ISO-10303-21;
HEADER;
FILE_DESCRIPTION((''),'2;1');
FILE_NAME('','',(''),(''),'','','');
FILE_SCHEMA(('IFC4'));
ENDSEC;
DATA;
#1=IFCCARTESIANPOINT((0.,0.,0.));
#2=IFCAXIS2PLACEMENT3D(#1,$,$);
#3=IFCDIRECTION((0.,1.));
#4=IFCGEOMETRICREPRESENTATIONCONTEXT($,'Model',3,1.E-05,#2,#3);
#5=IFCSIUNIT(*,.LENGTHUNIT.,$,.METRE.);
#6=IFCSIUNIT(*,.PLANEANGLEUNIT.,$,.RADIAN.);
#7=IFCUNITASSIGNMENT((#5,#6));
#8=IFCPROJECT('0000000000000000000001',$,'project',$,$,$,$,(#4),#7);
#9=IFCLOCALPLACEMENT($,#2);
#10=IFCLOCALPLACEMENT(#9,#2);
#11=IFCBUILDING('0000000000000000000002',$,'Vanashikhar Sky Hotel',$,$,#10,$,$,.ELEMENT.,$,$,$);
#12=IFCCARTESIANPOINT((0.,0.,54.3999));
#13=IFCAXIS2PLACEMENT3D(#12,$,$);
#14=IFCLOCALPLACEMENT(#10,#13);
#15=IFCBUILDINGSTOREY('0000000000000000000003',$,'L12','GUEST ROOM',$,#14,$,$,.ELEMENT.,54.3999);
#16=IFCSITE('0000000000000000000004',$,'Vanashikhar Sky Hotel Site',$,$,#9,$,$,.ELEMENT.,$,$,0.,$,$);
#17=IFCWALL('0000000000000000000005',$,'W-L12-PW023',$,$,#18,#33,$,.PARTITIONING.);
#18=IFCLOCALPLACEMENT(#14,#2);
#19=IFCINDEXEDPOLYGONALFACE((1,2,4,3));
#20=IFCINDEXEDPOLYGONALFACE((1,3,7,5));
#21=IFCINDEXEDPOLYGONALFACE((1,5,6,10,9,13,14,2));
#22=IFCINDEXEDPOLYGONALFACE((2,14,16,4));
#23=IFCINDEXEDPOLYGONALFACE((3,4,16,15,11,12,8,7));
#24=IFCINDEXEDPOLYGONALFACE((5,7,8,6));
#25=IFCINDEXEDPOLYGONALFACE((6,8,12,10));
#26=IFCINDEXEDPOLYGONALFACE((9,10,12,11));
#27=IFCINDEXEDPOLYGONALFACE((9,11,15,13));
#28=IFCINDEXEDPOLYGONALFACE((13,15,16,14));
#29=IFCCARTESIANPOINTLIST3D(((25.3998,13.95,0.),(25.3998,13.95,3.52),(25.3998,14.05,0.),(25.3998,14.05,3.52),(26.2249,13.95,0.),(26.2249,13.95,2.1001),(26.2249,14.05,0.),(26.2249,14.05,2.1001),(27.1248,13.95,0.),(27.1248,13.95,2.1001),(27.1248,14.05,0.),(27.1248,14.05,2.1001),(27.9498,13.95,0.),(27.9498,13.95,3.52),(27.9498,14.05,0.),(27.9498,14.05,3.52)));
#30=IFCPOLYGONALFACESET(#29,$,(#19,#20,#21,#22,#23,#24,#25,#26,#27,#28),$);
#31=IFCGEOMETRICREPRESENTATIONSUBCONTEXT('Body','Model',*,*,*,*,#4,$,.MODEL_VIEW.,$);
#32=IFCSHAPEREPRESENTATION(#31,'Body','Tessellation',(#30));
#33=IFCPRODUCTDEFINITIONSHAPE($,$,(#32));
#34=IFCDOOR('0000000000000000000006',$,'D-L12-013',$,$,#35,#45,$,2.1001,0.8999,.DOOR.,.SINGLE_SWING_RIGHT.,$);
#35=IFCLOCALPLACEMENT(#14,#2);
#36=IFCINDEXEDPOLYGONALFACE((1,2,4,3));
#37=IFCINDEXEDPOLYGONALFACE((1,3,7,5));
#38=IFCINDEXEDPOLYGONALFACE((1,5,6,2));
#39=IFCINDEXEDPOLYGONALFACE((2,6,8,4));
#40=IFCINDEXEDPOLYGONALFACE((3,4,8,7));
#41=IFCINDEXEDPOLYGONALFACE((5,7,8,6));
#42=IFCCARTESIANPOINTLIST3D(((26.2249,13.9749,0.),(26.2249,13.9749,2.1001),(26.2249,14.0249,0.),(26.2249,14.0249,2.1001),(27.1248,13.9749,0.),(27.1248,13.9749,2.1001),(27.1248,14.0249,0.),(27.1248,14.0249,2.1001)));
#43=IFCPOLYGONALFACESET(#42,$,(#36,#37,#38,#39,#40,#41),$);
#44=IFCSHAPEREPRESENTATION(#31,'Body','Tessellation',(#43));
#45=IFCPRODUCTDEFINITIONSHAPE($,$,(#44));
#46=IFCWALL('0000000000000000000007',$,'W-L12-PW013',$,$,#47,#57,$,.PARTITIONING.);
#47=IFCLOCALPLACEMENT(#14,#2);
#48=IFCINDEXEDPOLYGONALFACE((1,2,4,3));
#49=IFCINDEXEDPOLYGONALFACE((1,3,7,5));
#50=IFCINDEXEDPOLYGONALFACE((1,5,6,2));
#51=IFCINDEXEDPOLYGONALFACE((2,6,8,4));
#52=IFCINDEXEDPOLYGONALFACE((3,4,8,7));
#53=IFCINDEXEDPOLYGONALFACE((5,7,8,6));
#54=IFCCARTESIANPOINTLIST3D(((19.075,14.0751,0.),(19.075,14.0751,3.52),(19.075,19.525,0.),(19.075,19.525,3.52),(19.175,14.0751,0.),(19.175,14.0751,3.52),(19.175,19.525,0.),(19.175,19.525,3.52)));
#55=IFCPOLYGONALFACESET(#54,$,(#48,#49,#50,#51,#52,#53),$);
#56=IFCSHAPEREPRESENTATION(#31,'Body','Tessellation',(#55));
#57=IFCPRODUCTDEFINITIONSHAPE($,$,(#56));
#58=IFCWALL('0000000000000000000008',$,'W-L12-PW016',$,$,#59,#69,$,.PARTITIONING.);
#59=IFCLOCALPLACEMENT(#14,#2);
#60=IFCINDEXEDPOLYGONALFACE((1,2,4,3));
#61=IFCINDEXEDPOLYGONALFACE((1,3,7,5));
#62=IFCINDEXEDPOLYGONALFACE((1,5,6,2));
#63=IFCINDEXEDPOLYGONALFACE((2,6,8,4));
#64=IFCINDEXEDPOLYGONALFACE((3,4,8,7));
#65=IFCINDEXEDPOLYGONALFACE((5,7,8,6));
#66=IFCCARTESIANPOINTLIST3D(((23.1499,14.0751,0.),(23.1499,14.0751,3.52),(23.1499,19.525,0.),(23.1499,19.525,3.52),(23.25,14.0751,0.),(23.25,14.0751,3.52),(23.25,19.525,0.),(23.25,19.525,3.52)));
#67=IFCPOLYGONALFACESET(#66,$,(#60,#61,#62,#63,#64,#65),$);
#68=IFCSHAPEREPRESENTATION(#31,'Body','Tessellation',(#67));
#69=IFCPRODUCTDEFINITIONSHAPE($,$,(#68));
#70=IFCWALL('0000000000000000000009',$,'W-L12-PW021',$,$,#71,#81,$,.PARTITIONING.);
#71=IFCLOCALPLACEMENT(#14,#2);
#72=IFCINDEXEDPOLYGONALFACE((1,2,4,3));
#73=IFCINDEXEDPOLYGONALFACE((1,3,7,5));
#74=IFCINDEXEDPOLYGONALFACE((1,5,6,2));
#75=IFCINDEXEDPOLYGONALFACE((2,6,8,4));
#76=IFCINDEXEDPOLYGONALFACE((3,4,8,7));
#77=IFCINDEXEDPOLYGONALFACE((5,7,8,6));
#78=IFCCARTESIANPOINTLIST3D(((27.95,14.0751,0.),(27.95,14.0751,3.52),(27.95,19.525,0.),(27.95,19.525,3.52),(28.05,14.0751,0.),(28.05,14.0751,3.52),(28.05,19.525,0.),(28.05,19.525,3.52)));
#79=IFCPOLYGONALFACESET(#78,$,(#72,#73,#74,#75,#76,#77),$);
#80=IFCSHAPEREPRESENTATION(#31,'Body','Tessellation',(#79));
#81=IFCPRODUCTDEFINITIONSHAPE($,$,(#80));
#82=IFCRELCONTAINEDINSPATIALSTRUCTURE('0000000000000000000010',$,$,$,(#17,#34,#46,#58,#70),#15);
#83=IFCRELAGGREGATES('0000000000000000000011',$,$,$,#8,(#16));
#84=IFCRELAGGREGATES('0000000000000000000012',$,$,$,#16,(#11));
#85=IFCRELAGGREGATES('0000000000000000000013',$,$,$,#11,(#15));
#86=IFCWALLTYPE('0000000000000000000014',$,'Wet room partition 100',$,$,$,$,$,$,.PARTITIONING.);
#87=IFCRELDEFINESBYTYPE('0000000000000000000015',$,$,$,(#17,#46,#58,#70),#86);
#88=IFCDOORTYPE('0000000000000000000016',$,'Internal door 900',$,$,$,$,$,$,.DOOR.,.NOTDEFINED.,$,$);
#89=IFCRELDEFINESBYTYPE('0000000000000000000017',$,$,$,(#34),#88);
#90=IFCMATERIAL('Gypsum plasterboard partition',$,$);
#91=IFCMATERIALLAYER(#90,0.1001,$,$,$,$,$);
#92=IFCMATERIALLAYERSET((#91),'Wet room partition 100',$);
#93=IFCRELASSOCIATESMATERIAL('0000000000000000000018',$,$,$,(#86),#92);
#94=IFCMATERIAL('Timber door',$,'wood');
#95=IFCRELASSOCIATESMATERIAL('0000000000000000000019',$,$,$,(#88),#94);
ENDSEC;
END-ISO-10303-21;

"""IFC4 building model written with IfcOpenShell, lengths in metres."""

from ifc_helpers import new_model, si_unit, direction, frame, frame_2d, origin, place, context, subcontext, project, spatial, rectangle, extrude, source, transform, mapped, material, layer, layer_set, type_object, element, fill, save


model = new_model("IFC4")

# Units and contexts
model_context = context("Model", 3, precision=1e-05, world=origin(), true_north=direction((0.0, 1.0)))
body_context = subcontext(model_context, "Body", "Model", "MODEL_VIEW")
ifc_project = project(units=[si_unit("LENGTHUNIT", "METRE"), si_unit("PLANEANGLEUNIT", "RADIAN")], contexts=[model_context])

# Site, building, storey
site_placement = place(None, origin())
site = spatial("IfcSite", under=ifc_project, at=site_placement, Name="Vanashikhar Sky Hotel Site", CompositionType="ELEMENT", RefElevation=0.0)
building_placement = place(site_placement, origin())
building = spatial("IfcBuilding", under=site, at=building_placement, Name="Vanashikhar Sky Hotel", CompositionType="ELEMENT")
storey_placement = place(building_placement, frame((0.0, 0.0, 54.3999)))
storey = spatial("IfcBuildingStorey", under=building, at=storey_placement, Name="L12", Description="GUEST ROOM", CompositionType="ELEMENT", Elevation=54.3999)

# Shared definitions
ifc_material_1 = material(Name="Gypsum plasterboard partition")
ifc_layer_1 = layer(ifc_material_1, 0.1001)
ifc_layer_set_1 = layer_set([ifc_layer_1], Name="Wet room partition 100")
wall_type_1 = type_object("IfcWallType", Name="Wet room partition 100", PredefinedType="PARTITIONING", material=ifc_layer_set_1)
shared_shape_1 = source(origin(), body_context, "Body", "SweptSolid", [
    extrude(rectangle(XDim=0.8999, YDim=2.1001, at=frame_2d((0.45, 1.05))), frame((0.0, 0.0601, 0.0), z_axis=(0.0, -1.0, 0.0), x_axis=(1.0, 0.0, 0.0)), (0.0, 0.0, 1.0), 0.1201),
])
ifc_material_2 = material(Name="Timber door", Category="wood")
door_type_1 = type_object("IfcDoorType", Name="Internal door 900", OperationType="NOTDEFINED", PredefinedType="DOOR", material=ifc_material_2)
shared_shape_2 = source(origin(), body_context, "Body", "SweptSolid", [
    extrude(rectangle(XDim=0.8999, YDim=2.1001, at=frame_2d((0.45, 1.05))), frame((0.0, 0.0249, 0.0), z_axis=(0.0, -1.0, 0.0), x_axis=(1.0, 0.0, 0.0)), (0.0, 0.0, 1.0), 0.05),
])

# Wall, opening, door
shared_shape_3 = source(origin(), body_context, "Body", "SweptSolid", [
    extrude(rectangle(XDim=2.55, YDim=0.1001, at=frame_2d((1.2749, 0.0))), origin(), (0.0, 0.0, 1.0), 3.52),
])
wall_1_placement = place(storey_placement, frame((25.3999, 14.0, 0.0), z_axis=(0.0, 0.0, 1.0), x_axis=(1.0, 0.0, 0.0)))
wall_1 = element("IfcWall", 1, at=wall_1_placement, inside=storey, type_object=wall_type_1, Name="W-L12-PW023", PredefinedType="PARTITIONING", context=body_context, shape_type="MappedRepresentation", body=[
    mapped(shared_shape_3, transform((0.0, 0.0, 0.0), scale=1.0)),
])
opening_1_placement = place(wall_1_placement, frame((0.825, 0.0, 0.0)))
opening_1 = element("IfcOpeningElement", 2, at=opening_1_placement, cuts=wall_1, PredefinedType="OPENING", context=body_context, shape_type="MappedRepresentation", body=[
    mapped(shared_shape_1, transform((0.0, 0.0, 0.0), scale=1.0)),
])
door_1_placement = place(opening_1_placement, origin())
door_1 = element("IfcDoor", 3, at=door_1_placement, inside=storey, type_object=door_type_1, Name="D-L12-013", OperationType="SINGLE_SWING_RIGHT", OverallHeight=2.1001, OverallWidth=0.8999, PredefinedType="DOOR", context=body_context, shape_type="MappedRepresentation", body=[
    mapped(shared_shape_2, transform((0.0, 0.0, 0.0), scale=1.0)),
])
fill(opening_1, door_1)

# Walls
shared_shape_4 = source(origin(), body_context, "Body", "SweptSolid", [
    extrude(rectangle(XDim=5.45, YDim=0.1001, at=frame_2d((2.7251, 0.0))), origin(), (0.0, 0.0, 1.0), 3.52),
])
for number, where, z_axis, x_axis, name in (
    (4, (19.125, 14.075, 0.0), (0.0, 0.0, 1.0), (0.0, 1.0, 0.0), "W-L12-PW013"),
    (5, (23.2, 14.075, 0.0), (0.0, 0.0, 1.0), (0.0, 1.0, 0.0), "W-L12-PW016"),
    (6, (28.0, 14.075, 0.0), (0.0, 0.0, 1.0), (0.0, 1.0, 0.0), "W-L12-PW021"),
):
    element("IfcWall", number, at=place(storey_placement, frame(where, z_axis=z_axis, x_axis=x_axis)), inside=storey, type_object=wall_type_1, Name=name, PredefinedType="PARTITIONING", context=body_context, shape_type="MappedRepresentation", body=[
        mapped(shared_shape_4, transform((0.0, 0.0, 0.0), scale=1.0)),
    ])

save(model, "model.ifc")
